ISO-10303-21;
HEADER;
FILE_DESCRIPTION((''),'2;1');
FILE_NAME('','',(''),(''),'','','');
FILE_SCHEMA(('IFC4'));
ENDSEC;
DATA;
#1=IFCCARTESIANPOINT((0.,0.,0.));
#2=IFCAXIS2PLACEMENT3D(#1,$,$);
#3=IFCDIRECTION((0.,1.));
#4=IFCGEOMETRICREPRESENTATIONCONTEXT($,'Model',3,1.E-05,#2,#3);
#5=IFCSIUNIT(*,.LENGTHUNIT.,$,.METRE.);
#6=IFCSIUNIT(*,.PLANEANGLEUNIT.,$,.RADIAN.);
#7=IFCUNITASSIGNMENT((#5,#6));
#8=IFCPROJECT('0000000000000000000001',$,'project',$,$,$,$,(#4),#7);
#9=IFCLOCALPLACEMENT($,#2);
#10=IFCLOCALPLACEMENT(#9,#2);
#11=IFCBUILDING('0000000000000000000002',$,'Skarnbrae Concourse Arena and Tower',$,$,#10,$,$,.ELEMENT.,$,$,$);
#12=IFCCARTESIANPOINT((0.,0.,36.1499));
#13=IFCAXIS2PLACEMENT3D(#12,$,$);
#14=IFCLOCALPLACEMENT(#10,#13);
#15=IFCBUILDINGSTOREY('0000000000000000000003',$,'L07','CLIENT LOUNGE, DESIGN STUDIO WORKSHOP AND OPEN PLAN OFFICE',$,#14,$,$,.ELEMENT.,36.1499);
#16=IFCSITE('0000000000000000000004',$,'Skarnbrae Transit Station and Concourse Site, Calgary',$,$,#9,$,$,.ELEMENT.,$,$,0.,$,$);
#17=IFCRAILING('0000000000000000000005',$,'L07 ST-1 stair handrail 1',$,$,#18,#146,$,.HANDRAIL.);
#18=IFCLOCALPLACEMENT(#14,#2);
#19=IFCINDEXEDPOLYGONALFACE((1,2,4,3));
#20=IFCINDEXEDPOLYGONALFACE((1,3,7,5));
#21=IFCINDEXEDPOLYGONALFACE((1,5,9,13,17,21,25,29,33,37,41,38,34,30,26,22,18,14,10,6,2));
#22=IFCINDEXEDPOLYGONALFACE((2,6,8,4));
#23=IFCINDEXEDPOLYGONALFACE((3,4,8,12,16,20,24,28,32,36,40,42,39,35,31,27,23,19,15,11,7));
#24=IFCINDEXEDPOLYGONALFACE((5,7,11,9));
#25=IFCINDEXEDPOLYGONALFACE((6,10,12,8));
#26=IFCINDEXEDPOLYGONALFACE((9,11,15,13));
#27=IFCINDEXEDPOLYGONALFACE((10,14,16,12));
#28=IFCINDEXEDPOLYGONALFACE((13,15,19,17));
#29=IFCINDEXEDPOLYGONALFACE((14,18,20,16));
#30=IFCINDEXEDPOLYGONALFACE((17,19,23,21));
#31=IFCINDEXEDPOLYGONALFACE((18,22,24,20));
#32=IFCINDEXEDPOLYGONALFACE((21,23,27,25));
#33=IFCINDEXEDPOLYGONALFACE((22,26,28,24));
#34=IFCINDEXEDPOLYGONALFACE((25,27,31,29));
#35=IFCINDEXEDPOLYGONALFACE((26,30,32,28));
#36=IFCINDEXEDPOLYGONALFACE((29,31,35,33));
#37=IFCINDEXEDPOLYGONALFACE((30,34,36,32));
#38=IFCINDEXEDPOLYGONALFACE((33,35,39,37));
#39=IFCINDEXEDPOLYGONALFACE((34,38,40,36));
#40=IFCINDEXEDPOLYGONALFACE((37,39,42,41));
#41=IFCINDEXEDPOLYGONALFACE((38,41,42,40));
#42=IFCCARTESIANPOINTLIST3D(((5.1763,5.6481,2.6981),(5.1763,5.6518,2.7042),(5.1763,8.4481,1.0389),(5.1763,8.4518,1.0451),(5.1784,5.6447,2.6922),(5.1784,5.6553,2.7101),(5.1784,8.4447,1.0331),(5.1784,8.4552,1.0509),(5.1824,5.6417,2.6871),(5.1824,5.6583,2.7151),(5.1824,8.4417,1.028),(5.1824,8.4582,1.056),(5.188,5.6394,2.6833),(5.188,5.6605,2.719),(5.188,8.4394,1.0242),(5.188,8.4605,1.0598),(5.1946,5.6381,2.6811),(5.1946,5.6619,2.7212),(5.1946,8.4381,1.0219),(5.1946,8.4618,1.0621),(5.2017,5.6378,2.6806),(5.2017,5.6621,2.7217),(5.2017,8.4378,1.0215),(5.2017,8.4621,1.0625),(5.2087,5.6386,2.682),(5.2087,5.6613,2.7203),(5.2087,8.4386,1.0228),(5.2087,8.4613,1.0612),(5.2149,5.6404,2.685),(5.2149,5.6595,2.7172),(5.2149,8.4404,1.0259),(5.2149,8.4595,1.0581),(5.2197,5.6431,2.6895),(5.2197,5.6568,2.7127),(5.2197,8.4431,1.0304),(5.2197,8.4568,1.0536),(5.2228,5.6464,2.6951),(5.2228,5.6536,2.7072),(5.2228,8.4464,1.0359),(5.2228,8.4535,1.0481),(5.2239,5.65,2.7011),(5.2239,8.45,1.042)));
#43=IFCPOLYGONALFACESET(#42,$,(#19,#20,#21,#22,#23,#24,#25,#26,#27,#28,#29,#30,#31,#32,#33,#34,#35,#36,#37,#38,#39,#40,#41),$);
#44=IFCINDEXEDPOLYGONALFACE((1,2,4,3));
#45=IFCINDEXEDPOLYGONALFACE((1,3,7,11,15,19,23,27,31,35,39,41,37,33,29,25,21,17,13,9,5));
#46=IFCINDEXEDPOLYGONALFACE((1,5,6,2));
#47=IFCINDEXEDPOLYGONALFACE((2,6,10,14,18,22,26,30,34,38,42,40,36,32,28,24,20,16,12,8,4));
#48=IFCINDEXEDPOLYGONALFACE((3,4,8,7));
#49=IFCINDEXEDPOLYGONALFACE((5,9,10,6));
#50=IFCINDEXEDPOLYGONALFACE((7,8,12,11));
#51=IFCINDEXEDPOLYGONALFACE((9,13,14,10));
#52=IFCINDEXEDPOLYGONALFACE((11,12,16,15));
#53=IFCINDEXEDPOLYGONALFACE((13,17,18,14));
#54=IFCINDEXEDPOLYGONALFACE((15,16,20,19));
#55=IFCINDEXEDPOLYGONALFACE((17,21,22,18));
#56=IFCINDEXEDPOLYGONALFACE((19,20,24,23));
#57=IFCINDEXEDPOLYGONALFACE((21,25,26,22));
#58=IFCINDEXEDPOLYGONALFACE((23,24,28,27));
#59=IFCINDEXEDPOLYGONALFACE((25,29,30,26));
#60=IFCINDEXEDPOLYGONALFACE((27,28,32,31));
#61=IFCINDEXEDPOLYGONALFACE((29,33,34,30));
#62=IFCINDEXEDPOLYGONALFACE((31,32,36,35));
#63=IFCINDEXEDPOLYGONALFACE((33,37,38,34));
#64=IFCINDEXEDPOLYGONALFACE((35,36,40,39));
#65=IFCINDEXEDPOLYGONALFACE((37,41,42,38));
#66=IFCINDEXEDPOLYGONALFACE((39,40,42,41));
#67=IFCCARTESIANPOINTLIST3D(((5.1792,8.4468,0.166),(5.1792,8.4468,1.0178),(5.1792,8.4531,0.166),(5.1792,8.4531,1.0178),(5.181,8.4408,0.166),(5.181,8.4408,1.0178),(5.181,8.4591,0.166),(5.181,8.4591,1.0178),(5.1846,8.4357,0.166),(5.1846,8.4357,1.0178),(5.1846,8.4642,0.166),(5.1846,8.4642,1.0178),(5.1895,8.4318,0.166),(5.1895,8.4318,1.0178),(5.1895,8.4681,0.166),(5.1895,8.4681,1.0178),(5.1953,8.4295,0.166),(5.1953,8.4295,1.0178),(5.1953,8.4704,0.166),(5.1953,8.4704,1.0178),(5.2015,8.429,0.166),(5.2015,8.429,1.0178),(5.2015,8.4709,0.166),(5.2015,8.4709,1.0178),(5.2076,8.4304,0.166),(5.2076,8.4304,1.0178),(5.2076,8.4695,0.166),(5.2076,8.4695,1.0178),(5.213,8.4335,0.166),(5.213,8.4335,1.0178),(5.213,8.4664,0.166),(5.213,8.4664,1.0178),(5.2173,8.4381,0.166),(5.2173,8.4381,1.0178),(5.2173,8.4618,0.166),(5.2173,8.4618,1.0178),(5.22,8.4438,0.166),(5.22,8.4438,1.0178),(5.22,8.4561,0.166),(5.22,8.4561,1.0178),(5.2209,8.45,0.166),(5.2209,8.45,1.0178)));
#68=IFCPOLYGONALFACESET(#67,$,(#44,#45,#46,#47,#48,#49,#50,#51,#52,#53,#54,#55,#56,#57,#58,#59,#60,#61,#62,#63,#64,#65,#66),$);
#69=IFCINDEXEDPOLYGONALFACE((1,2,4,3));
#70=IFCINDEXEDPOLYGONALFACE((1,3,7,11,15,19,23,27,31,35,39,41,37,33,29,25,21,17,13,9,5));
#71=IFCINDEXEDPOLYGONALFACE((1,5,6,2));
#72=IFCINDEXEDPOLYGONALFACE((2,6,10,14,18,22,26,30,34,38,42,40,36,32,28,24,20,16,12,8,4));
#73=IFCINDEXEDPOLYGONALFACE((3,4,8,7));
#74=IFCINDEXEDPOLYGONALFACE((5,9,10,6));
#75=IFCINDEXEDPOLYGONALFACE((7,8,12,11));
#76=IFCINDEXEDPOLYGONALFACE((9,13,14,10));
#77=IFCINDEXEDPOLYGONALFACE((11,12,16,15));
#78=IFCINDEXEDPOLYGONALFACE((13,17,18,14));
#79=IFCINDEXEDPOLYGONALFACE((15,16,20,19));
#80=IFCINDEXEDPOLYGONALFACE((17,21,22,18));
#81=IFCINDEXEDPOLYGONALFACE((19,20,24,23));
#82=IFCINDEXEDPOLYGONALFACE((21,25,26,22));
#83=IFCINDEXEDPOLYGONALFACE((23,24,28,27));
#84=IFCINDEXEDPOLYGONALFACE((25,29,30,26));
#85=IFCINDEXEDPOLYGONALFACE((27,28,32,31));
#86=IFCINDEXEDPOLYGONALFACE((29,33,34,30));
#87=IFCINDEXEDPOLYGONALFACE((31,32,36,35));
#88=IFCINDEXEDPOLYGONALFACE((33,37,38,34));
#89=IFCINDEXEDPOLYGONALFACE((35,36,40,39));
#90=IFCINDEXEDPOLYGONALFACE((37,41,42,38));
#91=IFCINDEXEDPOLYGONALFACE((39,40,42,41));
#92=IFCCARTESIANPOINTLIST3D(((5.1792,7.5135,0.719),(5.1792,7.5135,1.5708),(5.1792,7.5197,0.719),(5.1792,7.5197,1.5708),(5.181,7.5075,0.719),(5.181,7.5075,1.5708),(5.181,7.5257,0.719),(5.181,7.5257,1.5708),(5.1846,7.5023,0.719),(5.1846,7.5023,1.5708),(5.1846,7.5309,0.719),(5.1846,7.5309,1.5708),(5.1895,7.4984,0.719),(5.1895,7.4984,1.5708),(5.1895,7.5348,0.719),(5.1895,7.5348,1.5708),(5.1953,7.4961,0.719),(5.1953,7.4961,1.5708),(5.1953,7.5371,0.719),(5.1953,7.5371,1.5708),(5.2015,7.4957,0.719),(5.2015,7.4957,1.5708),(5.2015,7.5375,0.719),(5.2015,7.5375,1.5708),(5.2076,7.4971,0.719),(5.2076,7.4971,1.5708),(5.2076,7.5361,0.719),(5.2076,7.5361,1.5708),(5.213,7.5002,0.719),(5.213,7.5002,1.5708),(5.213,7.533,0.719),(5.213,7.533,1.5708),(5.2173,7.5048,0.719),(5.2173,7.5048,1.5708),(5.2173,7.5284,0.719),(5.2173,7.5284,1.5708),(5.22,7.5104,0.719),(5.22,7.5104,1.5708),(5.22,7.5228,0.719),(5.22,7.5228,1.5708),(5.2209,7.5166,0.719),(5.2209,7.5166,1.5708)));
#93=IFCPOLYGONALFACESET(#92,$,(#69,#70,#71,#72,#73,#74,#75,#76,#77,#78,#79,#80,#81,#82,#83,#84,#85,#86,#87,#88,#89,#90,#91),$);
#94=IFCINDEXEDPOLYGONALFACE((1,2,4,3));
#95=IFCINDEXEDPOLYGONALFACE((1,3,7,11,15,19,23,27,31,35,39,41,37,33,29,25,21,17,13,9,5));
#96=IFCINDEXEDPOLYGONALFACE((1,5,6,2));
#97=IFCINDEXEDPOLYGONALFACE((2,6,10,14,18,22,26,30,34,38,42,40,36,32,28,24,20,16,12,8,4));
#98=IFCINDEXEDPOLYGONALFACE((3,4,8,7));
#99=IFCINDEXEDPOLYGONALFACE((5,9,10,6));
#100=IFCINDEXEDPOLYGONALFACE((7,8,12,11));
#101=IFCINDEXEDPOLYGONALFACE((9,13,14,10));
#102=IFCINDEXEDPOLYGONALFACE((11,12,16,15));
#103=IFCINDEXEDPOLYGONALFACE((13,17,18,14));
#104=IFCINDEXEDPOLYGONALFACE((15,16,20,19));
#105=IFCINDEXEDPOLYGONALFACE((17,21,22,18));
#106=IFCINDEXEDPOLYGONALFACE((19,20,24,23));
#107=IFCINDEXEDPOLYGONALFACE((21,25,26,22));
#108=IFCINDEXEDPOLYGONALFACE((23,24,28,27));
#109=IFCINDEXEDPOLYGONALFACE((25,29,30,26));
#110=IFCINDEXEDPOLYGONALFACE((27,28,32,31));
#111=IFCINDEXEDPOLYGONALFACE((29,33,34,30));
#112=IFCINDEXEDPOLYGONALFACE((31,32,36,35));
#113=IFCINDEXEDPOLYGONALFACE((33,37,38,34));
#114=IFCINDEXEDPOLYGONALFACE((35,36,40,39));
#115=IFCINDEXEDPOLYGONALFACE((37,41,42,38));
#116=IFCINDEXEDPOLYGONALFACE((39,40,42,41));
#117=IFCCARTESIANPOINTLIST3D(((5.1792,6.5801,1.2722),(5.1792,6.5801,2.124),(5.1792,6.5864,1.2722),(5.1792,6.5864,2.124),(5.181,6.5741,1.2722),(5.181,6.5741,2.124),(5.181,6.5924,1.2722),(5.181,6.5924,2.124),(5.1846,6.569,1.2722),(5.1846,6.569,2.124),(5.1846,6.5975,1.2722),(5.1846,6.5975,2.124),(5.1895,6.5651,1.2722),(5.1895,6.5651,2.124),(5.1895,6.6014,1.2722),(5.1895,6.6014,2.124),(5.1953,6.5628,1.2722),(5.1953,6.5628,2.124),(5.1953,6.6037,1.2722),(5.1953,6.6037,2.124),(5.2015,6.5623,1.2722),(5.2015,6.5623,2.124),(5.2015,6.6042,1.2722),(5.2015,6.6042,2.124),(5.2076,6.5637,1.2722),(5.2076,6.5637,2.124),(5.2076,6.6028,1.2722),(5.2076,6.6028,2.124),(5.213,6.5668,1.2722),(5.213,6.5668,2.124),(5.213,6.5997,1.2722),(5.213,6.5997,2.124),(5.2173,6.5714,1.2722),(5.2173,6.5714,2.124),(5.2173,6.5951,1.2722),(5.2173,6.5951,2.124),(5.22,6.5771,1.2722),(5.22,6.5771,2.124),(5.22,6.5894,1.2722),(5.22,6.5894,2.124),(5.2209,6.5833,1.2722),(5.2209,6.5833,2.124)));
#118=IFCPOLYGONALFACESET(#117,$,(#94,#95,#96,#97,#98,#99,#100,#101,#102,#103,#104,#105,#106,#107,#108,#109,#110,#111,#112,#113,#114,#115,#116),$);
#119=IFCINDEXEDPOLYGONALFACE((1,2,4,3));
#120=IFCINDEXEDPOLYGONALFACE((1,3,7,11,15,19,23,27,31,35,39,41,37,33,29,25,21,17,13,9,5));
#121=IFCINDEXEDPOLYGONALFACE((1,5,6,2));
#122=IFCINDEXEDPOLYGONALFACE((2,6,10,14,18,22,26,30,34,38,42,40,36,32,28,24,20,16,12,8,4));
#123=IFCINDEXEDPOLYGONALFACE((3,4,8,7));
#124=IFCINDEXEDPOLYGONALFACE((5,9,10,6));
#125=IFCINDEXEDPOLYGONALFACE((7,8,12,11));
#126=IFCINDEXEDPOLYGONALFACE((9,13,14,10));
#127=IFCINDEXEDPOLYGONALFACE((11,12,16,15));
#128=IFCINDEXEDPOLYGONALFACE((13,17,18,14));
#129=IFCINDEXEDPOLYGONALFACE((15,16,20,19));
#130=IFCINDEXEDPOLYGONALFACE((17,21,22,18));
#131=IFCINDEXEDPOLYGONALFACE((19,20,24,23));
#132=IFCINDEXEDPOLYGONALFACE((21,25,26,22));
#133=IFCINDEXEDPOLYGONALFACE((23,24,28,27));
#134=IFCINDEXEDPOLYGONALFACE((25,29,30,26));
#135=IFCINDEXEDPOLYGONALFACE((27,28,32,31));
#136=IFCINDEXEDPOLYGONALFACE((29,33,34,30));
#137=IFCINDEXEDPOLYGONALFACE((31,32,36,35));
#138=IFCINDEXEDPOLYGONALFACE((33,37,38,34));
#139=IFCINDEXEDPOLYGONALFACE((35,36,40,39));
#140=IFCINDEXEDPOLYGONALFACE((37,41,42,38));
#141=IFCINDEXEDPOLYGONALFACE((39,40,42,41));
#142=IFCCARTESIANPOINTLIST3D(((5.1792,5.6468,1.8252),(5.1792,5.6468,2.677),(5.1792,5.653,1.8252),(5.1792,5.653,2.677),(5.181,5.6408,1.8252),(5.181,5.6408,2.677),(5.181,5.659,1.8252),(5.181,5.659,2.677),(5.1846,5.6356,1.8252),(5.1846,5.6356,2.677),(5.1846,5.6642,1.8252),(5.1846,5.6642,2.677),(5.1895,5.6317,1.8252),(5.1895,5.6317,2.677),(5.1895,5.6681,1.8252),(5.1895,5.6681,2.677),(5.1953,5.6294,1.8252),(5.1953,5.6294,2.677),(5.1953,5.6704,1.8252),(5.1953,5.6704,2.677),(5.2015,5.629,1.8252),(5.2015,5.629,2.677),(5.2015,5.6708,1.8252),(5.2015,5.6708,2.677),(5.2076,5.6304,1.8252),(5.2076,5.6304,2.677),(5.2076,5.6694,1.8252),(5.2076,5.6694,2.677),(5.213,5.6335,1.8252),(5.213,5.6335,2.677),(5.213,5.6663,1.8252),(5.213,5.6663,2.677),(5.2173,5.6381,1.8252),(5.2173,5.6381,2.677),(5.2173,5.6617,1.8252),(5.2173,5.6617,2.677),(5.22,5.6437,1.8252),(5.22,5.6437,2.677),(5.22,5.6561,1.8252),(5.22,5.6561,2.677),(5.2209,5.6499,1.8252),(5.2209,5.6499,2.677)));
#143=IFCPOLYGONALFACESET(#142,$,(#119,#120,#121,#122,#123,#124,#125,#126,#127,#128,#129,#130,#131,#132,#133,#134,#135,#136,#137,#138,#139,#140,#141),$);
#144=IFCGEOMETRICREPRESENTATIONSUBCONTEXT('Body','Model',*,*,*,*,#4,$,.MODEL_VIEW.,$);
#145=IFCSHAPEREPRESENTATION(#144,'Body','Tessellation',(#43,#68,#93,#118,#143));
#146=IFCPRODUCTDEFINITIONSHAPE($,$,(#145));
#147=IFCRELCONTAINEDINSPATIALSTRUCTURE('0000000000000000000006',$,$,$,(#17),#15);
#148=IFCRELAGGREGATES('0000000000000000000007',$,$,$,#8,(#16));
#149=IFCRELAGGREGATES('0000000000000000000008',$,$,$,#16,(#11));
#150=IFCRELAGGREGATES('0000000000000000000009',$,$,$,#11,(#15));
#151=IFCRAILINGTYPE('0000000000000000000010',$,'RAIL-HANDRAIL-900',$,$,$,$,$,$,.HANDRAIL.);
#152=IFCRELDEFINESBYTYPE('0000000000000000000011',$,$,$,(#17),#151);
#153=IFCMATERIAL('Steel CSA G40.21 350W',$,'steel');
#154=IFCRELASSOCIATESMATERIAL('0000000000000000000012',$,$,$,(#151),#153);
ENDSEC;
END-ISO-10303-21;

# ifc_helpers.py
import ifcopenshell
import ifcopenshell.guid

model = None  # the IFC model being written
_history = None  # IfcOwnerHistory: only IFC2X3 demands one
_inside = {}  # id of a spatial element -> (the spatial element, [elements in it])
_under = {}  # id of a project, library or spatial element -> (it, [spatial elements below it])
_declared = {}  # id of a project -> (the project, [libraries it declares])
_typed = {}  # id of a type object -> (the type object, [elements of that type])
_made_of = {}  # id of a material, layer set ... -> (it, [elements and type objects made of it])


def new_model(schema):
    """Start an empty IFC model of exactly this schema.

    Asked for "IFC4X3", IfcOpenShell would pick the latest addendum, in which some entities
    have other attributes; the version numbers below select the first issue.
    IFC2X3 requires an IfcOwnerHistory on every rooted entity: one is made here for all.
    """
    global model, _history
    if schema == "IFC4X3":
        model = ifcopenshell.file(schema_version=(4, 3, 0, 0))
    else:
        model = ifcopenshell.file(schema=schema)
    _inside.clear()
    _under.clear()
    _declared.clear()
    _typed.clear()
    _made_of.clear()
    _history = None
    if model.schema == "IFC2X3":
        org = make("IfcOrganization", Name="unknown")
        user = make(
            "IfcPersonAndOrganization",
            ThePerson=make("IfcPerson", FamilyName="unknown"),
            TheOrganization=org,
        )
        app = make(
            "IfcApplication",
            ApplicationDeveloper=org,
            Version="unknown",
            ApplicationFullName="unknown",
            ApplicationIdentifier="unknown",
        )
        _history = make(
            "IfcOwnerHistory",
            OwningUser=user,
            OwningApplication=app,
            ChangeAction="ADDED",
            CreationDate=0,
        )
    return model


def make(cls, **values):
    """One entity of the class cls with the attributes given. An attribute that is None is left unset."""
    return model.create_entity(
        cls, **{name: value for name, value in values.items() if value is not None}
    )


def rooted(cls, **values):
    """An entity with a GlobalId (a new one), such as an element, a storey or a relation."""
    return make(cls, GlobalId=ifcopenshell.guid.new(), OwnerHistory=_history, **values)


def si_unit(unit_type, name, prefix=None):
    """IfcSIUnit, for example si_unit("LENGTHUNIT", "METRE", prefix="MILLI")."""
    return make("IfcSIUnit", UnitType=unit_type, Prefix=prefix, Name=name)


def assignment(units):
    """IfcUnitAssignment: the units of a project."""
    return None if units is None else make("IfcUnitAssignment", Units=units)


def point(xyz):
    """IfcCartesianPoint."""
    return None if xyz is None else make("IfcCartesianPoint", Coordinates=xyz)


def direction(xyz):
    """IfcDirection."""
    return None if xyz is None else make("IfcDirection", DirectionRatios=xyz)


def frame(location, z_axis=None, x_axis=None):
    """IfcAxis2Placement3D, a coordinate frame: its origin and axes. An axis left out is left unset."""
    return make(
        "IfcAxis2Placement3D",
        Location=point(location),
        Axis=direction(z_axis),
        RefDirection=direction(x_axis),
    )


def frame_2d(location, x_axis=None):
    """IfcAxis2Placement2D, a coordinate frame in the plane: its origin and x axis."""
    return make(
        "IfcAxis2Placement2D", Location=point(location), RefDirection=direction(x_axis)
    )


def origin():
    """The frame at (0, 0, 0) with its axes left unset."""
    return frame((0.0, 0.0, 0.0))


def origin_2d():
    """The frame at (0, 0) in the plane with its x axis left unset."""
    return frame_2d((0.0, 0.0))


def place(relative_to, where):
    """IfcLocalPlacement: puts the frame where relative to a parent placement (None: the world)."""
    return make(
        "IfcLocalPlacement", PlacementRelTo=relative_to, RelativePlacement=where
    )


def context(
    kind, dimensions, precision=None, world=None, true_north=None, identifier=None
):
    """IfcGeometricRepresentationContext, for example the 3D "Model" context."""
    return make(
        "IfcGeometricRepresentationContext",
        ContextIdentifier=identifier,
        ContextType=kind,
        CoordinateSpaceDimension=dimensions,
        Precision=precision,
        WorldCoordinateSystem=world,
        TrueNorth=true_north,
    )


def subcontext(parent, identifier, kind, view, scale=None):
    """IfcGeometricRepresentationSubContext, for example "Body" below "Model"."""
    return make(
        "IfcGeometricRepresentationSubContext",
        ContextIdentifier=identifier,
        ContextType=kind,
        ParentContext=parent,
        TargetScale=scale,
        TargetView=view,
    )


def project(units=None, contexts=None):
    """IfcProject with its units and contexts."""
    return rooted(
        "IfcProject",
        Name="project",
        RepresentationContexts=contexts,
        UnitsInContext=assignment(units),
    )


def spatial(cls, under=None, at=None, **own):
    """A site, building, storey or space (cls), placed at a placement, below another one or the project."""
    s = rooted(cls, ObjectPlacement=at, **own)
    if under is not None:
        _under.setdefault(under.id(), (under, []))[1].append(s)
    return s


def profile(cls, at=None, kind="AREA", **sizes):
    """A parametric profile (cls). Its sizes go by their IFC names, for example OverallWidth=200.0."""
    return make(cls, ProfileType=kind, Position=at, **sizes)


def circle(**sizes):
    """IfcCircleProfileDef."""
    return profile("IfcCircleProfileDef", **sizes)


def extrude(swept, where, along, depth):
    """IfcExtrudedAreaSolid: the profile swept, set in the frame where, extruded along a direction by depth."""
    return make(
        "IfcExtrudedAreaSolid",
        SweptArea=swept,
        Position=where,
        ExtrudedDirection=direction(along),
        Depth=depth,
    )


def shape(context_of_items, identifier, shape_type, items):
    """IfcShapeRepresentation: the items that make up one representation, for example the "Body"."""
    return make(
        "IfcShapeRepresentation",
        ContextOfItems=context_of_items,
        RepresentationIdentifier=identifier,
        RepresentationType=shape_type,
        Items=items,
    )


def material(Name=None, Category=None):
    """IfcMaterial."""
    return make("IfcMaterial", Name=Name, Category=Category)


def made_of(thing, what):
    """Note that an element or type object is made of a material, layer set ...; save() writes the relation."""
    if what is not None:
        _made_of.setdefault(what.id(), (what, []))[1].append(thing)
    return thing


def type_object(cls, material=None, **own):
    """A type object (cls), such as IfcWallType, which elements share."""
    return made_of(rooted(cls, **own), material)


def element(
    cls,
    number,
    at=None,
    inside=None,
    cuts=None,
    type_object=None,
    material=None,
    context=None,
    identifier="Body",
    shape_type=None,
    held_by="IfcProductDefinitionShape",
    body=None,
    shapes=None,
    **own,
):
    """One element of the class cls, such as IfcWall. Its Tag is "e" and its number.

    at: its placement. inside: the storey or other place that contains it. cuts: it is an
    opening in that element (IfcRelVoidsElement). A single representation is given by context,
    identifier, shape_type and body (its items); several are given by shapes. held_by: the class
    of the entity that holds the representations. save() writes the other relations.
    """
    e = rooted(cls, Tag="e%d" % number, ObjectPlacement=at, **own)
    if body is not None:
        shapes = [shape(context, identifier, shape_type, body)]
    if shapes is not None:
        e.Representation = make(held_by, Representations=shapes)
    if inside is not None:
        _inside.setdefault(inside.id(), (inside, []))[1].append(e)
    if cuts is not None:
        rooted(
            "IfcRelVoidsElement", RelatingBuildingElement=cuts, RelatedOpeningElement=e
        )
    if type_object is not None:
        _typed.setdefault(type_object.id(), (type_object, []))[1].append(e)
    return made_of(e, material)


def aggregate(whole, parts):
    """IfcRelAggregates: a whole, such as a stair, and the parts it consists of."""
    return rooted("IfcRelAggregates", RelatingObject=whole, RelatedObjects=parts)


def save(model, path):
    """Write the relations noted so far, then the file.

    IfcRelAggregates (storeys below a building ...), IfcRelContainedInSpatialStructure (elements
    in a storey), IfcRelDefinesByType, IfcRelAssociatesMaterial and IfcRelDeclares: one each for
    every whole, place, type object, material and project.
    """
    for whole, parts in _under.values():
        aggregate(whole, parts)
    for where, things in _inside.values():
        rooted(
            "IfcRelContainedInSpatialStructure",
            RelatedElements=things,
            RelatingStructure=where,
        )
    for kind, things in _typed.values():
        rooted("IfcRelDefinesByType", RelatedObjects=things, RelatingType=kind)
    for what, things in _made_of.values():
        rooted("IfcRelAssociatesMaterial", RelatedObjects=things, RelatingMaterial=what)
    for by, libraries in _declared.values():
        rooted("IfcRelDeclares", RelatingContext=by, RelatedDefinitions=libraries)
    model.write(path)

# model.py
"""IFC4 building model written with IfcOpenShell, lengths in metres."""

from ifc_helpers import new_model, si_unit, direction, frame, origin, origin_2d, place, context, subcontext, project, spatial, circle, extrude, material, type_object, element, save


model = new_model("IFC4")

# Units and contexts
model_context = context("Model", 3, precision=1e-05, world=origin(), true_north=direction((0.0, 1.0)))
body_context = subcontext(model_context, "Body", "Model", "MODEL_VIEW")
ifc_project = project(units=[si_unit("LENGTHUNIT", "METRE"), si_unit("PLANEANGLEUNIT", "RADIAN")], contexts=[model_context])

# Site, building, storey
site_placement = place(None, origin())
site = spatial("IfcSite", under=ifc_project, at=site_placement, Name="Skarnbrae Transit Station and Concourse Site, Calgary", CompositionType="ELEMENT", RefElevation=0.0)
building_placement = place(site_placement, origin())
building = spatial("IfcBuilding", under=site, at=building_placement, Name="Skarnbrae Concourse Arena and Tower", CompositionType="ELEMENT")
storey_placement = place(building_placement, frame((0.0, 0.0, 36.1499)))
storey = spatial("IfcBuildingStorey", under=building, at=storey_placement, Name="L07", Description="CLIENT LOUNGE, DESIGN STUDIO WORKSHOP AND OPEN PLAN OFFICE", CompositionType="ELEMENT", Elevation=36.1499)

# Shared definitions
ifc_material_1 = material(Name="Steel CSA G40.21 350W", Category="steel")

# Railing
railing_type_1 = type_object("IfcRailingType", Name="RAIL-HANDRAIL-900", PredefinedType="HANDRAIL", material=ifc_material_1)
railing_1_placement = place(storey_placement, frame((5.2, 8.45, 0.166)))
element("IfcRailing", 1, at=railing_1_placement, inside=storey, type_object=railing_type_1, Name="L07 ST-1 stair handrail 1", PredefinedType="HANDRAIL", context=body_context, shape_type="SweptSolid", body=[
    extrude(circle(Radius=0.0239, at=origin_2d()), frame((0.0, 0.0, 0.876), z_axis=(0.0, -0.860306, 0.509778), x_axis=(1.0, 0.0, 0.0)), (0.0, 0.0, 1.0), 3.2546),
    extrude(circle(Radius=0.021, at=origin_2d()), origin(), (0.0, 0.0, 1.0), 0.8518),
    extrude(circle(Radius=0.021, at=origin_2d()), frame((0.0, -0.9333, 0.553)), (0.0, 0.0, 1.0), 0.8518),
    extrude(circle(Radius=0.021, at=origin_2d()), frame((0.0, -1.8667, 1.1062)), (0.0, 0.0, 1.0), 0.8518),
    extrude(circle(Radius=0.021, at=origin_2d()), frame((0.0, -2.8, 1.6592)), (0.0, 0.0, 1.0), 0.8518),
])

save(model, "model.ifc")
